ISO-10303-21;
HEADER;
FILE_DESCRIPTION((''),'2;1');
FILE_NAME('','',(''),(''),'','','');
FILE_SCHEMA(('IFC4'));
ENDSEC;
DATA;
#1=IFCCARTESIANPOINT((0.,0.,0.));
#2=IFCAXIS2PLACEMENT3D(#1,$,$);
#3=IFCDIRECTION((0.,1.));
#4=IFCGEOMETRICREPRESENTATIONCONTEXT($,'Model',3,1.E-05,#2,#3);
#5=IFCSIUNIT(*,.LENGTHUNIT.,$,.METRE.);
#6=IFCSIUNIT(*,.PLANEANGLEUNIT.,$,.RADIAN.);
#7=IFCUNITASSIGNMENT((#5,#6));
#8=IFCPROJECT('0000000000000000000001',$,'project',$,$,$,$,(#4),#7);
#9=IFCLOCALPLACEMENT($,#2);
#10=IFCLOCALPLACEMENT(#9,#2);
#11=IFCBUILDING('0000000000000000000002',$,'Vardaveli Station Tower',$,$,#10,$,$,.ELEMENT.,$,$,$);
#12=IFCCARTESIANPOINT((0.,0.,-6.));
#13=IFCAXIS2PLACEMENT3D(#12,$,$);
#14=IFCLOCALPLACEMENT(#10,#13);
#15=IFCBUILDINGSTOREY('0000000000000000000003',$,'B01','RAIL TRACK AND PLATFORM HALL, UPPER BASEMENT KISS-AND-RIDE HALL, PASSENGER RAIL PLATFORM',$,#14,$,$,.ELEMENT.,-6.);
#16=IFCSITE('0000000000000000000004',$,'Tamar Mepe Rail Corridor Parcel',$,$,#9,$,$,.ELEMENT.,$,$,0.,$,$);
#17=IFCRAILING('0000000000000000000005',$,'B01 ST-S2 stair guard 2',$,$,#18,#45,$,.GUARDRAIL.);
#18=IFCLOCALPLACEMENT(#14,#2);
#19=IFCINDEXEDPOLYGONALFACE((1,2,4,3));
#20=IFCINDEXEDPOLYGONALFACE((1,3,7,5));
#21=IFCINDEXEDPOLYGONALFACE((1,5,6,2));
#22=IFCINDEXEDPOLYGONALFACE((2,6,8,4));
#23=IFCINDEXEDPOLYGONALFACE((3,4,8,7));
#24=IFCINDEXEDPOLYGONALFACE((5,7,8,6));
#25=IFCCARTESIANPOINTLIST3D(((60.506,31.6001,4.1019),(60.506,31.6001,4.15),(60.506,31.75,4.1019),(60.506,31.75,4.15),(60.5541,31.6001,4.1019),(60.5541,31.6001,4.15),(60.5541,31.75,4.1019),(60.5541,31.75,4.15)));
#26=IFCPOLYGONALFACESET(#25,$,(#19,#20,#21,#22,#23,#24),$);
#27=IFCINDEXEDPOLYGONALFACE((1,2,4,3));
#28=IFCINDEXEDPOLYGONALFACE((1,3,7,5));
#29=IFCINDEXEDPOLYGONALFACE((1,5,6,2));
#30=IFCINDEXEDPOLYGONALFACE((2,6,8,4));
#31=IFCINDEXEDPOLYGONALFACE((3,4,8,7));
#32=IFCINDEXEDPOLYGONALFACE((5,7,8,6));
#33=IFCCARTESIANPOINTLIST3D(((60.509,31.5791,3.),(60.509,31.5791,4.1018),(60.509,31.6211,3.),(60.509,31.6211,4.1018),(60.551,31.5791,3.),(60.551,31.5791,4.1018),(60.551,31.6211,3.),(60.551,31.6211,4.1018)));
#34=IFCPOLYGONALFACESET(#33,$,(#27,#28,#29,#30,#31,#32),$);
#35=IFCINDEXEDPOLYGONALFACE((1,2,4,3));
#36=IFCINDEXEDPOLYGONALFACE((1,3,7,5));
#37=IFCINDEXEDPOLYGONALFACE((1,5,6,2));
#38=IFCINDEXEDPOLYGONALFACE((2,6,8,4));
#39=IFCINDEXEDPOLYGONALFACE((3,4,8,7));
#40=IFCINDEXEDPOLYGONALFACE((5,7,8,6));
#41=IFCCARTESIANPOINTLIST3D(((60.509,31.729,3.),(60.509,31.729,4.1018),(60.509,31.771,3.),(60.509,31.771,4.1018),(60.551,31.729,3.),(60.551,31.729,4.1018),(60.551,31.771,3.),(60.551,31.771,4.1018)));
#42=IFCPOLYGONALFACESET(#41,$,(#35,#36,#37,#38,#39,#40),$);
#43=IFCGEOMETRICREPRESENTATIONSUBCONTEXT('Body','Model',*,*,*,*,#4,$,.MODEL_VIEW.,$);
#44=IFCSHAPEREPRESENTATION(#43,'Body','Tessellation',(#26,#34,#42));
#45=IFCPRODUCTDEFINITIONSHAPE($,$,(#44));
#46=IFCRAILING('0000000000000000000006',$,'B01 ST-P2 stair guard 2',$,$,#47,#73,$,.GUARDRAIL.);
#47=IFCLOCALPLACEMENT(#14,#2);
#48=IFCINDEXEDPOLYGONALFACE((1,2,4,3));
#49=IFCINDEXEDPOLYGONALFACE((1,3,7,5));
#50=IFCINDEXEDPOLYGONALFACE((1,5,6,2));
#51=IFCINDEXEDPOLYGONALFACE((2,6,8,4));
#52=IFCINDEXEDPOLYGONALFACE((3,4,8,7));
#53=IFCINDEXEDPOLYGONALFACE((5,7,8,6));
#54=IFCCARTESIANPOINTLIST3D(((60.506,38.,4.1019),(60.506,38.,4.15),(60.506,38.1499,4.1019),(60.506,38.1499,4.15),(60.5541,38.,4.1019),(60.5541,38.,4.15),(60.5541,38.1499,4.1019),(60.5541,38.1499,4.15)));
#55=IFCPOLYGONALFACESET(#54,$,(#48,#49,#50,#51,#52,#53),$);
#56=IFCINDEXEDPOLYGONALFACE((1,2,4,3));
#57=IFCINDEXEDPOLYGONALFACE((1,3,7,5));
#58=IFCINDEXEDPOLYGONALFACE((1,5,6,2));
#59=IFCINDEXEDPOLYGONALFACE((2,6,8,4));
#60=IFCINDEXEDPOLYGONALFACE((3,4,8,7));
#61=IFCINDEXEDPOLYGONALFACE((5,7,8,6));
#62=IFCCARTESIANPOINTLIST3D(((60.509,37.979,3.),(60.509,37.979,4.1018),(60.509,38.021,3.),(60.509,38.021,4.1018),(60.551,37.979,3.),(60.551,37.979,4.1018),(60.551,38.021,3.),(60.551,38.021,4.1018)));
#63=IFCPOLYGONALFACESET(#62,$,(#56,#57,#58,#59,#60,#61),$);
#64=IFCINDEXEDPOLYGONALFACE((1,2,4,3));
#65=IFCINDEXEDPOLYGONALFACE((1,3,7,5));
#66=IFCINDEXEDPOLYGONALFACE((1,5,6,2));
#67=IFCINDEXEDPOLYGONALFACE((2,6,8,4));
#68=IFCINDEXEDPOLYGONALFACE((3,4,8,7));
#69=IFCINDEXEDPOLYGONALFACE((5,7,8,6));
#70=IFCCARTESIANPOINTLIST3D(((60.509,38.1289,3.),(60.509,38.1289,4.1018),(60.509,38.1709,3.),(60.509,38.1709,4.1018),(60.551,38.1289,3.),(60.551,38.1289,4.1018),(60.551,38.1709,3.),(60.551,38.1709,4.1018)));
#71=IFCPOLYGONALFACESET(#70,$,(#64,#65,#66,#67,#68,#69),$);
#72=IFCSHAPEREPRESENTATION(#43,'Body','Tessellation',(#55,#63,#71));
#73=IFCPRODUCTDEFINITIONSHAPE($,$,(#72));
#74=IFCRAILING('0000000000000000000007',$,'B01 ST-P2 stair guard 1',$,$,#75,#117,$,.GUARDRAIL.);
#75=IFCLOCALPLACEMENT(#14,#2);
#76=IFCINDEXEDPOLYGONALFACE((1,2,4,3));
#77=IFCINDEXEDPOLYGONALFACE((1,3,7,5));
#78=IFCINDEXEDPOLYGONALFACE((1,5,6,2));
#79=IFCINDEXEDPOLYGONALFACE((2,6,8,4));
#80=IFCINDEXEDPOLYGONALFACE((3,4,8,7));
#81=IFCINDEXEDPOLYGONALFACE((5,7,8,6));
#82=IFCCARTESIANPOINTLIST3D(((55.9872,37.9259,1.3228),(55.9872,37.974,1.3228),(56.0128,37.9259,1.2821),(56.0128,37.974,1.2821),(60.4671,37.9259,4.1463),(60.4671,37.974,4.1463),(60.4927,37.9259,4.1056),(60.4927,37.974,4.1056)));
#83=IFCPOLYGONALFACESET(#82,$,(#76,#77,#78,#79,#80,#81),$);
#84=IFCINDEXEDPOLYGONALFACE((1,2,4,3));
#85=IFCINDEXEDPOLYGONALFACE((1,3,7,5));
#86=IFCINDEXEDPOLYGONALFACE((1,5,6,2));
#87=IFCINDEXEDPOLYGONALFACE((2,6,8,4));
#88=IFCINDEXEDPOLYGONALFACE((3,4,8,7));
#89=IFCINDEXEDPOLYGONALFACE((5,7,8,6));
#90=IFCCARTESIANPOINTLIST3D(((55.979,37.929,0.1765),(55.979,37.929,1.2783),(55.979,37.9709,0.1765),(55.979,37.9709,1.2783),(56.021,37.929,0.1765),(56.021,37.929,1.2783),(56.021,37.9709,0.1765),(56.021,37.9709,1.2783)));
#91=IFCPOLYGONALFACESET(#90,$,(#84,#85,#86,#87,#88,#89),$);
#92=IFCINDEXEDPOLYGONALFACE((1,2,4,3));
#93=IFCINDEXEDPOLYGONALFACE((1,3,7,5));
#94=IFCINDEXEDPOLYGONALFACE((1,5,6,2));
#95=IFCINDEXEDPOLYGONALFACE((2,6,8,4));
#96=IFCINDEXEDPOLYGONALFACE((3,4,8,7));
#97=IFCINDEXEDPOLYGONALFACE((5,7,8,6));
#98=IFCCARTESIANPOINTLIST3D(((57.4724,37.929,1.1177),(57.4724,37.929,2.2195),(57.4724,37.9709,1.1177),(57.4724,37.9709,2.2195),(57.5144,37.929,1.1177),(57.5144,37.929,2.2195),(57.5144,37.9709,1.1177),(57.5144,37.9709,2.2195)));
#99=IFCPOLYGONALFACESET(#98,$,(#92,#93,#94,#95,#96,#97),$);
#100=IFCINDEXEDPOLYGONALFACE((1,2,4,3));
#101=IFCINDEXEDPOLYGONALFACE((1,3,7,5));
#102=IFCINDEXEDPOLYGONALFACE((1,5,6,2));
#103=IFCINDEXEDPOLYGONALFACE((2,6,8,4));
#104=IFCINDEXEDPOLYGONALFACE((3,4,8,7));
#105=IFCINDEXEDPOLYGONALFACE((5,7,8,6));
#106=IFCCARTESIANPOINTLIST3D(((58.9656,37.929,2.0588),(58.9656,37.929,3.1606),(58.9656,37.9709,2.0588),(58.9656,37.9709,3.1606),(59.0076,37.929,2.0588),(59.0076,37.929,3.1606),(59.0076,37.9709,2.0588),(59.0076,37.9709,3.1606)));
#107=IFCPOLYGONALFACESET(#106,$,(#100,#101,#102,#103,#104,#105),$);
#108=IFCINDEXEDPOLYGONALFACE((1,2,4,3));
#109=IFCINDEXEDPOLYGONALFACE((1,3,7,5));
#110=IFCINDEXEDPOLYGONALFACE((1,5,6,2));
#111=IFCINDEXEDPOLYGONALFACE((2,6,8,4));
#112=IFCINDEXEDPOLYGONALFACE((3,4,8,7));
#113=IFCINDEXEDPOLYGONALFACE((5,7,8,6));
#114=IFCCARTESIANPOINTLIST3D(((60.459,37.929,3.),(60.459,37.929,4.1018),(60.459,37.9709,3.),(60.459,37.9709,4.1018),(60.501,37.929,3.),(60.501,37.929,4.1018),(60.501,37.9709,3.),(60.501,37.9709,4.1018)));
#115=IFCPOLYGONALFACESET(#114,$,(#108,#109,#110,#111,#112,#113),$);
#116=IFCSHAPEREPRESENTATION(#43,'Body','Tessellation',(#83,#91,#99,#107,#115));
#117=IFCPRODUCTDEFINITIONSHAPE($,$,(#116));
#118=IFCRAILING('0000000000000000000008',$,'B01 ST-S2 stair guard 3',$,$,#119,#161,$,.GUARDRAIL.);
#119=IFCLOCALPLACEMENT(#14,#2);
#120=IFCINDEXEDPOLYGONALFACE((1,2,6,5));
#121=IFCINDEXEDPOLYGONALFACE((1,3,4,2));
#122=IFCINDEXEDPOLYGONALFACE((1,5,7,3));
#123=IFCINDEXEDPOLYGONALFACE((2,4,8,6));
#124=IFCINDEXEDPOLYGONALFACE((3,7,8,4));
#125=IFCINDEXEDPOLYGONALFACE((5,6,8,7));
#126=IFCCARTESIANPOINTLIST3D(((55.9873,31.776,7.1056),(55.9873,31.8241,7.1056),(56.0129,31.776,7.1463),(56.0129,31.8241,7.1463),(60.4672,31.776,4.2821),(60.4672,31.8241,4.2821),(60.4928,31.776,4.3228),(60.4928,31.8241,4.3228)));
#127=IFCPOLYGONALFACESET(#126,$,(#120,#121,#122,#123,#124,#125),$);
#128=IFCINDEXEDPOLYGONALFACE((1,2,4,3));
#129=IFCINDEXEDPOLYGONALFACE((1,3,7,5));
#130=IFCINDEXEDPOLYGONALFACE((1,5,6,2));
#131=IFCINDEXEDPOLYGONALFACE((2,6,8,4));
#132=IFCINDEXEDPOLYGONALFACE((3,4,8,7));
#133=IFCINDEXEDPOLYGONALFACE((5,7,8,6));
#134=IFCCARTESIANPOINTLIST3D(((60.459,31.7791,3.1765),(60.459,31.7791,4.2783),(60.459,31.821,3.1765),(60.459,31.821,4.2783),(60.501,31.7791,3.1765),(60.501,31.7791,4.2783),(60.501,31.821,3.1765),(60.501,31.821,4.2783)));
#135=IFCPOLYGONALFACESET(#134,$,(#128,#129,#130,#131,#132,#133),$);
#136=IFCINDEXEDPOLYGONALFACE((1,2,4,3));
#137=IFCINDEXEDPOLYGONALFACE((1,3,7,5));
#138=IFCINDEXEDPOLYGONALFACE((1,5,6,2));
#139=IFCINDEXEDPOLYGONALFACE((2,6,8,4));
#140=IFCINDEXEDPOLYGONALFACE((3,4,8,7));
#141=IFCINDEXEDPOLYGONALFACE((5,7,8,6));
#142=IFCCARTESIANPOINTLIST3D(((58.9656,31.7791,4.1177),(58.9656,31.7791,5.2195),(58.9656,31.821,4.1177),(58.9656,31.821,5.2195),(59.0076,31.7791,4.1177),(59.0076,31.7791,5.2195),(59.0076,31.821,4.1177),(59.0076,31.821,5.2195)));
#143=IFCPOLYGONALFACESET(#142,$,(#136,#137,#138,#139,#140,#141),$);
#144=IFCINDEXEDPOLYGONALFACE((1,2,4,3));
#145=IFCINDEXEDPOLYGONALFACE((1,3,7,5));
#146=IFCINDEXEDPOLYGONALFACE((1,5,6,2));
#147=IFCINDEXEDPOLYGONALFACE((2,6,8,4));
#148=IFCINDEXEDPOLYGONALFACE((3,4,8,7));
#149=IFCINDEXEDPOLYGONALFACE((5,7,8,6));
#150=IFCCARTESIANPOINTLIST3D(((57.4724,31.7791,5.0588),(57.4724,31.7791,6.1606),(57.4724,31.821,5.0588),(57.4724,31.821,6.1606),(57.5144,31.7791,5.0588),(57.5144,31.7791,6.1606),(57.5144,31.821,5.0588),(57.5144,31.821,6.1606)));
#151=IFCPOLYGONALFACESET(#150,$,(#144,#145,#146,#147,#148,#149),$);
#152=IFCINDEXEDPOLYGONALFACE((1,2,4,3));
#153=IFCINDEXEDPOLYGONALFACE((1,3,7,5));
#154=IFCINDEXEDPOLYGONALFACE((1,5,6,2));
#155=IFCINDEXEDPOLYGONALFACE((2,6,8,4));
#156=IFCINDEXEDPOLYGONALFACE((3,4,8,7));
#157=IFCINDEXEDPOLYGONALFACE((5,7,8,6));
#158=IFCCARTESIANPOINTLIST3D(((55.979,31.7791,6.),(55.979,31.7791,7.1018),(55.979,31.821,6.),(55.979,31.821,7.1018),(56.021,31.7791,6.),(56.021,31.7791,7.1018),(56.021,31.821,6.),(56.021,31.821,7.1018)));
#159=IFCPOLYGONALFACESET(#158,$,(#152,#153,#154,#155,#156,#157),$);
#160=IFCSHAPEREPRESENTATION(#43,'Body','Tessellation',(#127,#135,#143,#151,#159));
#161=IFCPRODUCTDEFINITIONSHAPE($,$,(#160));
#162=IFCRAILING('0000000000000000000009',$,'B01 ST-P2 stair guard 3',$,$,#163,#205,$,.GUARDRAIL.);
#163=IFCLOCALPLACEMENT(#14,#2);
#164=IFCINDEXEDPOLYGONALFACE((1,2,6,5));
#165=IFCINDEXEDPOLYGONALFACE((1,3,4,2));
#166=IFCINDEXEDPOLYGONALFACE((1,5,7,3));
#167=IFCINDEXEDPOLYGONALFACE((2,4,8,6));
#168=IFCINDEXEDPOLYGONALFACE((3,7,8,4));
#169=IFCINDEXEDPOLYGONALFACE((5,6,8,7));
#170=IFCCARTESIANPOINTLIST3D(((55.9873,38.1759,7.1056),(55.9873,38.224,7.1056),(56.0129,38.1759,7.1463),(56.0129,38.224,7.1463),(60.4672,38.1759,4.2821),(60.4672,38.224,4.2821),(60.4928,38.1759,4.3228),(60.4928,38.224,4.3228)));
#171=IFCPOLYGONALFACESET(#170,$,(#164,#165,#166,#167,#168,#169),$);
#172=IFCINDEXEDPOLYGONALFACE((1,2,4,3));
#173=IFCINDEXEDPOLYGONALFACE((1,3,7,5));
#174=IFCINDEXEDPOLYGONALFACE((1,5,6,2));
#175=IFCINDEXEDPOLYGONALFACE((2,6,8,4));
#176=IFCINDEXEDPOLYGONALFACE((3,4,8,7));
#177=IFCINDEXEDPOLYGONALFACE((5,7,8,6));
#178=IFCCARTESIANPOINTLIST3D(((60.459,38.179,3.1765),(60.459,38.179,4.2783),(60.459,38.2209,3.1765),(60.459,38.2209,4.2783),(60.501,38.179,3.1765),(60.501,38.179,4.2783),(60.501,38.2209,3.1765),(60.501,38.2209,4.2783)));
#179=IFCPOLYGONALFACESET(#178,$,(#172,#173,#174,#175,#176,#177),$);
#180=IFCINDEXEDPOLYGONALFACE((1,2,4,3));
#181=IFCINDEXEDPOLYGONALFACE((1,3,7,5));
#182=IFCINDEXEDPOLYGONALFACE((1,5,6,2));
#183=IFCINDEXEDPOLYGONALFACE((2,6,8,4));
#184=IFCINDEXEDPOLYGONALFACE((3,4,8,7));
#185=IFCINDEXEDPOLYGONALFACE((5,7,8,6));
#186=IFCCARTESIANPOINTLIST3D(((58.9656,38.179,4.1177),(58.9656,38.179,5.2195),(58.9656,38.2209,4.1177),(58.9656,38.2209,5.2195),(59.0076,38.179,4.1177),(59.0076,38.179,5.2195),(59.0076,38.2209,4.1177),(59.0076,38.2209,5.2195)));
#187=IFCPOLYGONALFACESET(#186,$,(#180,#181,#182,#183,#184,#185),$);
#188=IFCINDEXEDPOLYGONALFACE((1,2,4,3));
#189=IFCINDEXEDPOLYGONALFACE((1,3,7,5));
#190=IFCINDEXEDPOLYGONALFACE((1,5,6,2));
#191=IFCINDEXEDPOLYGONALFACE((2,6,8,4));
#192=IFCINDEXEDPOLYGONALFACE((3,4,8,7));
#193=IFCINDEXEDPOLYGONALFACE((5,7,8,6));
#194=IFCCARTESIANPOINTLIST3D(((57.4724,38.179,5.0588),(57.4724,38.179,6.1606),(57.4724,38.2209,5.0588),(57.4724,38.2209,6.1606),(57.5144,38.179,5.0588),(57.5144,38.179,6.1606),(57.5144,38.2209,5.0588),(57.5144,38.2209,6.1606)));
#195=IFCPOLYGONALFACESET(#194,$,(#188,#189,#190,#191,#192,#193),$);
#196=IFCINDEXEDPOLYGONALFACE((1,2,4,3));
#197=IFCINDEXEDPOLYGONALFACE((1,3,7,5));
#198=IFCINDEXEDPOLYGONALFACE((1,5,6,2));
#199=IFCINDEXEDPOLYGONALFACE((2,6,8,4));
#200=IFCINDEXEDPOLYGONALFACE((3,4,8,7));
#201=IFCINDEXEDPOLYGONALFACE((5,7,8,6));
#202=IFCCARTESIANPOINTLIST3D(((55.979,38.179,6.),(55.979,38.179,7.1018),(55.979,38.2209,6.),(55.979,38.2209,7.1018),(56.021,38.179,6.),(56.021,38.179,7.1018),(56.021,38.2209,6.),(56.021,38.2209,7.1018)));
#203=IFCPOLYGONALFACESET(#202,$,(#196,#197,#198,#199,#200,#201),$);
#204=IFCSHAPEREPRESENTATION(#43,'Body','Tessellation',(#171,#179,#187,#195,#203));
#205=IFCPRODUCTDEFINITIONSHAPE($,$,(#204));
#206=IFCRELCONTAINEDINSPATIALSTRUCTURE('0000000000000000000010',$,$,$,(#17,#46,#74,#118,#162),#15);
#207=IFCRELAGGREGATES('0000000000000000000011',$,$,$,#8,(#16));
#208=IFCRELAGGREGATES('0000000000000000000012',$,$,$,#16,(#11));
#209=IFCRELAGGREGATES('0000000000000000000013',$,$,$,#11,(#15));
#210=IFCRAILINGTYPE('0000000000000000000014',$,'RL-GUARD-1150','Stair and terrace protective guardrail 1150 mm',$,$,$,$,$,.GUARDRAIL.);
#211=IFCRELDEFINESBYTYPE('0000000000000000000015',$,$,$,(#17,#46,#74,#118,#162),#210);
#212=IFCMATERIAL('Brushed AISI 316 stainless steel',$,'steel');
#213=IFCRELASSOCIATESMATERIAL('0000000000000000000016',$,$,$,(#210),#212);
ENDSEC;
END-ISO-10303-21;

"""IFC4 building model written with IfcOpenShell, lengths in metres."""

from ifc_helpers import new_model, si_unit, direction, frame, origin, origin_2d, place, context, subcontext, project, spatial, rectangle, extrude, source, transform, mapped, material, type_object, element, save


model = new_model("IFC4")

# Units and contexts
model_context = context("Model", 3, precision=1e-05, world=origin(), true_north=direction((0.0, 1.0)))
body_context = subcontext(model_context, "Body", "Model", "MODEL_VIEW")
ifc_project = project(units=[si_unit("LENGTHUNIT", "METRE"), si_unit("PLANEANGLEUNIT", "RADIAN")], contexts=[model_context])

# Site, building, storey
site_placement = place(None, origin())
site = spatial("IfcSite", under=ifc_project, at=site_placement, Name="Tamar Mepe Rail Corridor Parcel", CompositionType="ELEMENT", RefElevation=0.0)
building_placement = place(site_placement, origin())
building = spatial("IfcBuilding", under=site, at=building_placement, Name="Vardaveli Station Tower", CompositionType="ELEMENT")
storey_placement = place(building_placement, frame((0.0, 0.0, -6.0)))
storey = spatial("IfcBuildingStorey", under=building, at=storey_placement, Name="B01", Description="RAIL TRACK AND PLATFORM HALL, UPPER BASEMENT KISS-AND-RIDE HALL, PASSENGER RAIL PLATFORM", CompositionType="ELEMENT", Elevation=-6.0)

# Railings
ifc_material_1 = material(Name="Brushed AISI 316 stainless steel", Category="steel")
railing_type_1 = type_object("IfcRailingType", Name="RL-GUARD-1150", Description="Stair and terrace protective guardrail 1150 mm", PredefinedType="GUARDRAIL", material=ifc_material_1)
shared_shape_1 = source(origin(), body_context, "Body", "SweptSolid", [
    extrude(rectangle(XDim=0.0481, YDim=0.0481, at=origin_2d()), frame((0.0, 0.0, 1.126), z_axis=(0.0, 1.0, 0.0), x_axis=(-1.0, 0.0, 0.0)), (0.0, 0.0, 1.0), 0.1499),
    extrude(rectangle(XDim=0.042, YDim=0.042, at=origin_2d()), origin(), (0.0, 0.0, 1.0), 1.1018),
    extrude(rectangle(XDim=0.042, YDim=0.042, at=origin_2d()), frame((0.0, 0.1499, 0.0)), (0.0, 0.0, 1.0), 1.1018),
])
for number, where, name in (
    (1, (60.53, 31.6001, 3.0), "B01 ST-S2 stair guard 2"),
    (2, (60.53, 38.0, 3.0), "B01 ST-P2 stair guard 2"),
):
    element("IfcRailing", number, at=place(storey_placement, frame(where)), inside=storey, type_object=railing_type_1, Name=name, PredefinedType="GUARDRAIL", context=body_context, shape_type="MappedRepresentation", body=[
        mapped(shared_shape_1, transform((0.0, 0.0, 0.0), scale=1.0)),
    ])
shared_shape_2 = source(origin(), body_context, "Body", "SweptSolid", [
    extrude(rectangle(XDim=0.0481, YDim=0.0481, at=origin_2d()), frame((0.0, 0.0, 1.126), z_axis=(0.845998, 0.0, 0.533186), x_axis=(0.0, 1.0, 0.0)), (0.0, 0.0, 1.0), 5.2954),
    extrude(rectangle(XDim=0.042, YDim=0.042, at=origin_2d()), origin(), (0.0, 0.0, 1.0), 1.1018),
    extrude(rectangle(XDim=0.042, YDim=0.042, at=origin_2d()), frame((1.4934, 0.0, 0.9412)), (0.0, 0.0, 1.0), 1.1018),
    extrude(rectangle(XDim=0.042, YDim=0.042, at=origin_2d()), frame((2.9866, 0.0, 1.8823)), (0.0, 0.0, 1.0), 1.1018),
    extrude(rectangle(XDim=0.042, YDim=0.042, at=origin_2d()), frame((4.48, 0.0, 2.8235)), (0.0, 0.0, 1.0), 1.1018),
])
railing_1_placement = place(storey_placement, frame((56.0, 37.95, 0.1765)))
element("IfcRailing", 3, at=railing_1_placement, inside=storey, type_object=railing_type_1, Name="B01 ST-P2 stair guard 1", PredefinedType="GUARDRAIL", context=body_context, shape_type="MappedRepresentation", body=[
    mapped(shared_shape_2, transform((0.0, 0.0, 0.0), scale=1.0)),
])
shared_shape_3 = source(origin(), body_context, "Body", "SweptSolid", [
    extrude(rectangle(XDim=0.0481, YDim=0.0481, at=origin_2d()), frame((0.0, 0.0, 1.126), z_axis=(-0.845998, 0.0, 0.533186), x_axis=(0.0, -1.0, 0.0)), (0.0, 0.0, 1.0), 5.2954),
    extrude(rectangle(XDim=0.042, YDim=0.042, at=origin_2d()), origin(), (0.0, 0.0, 1.0), 1.1018),
    extrude(rectangle(XDim=0.042, YDim=0.042, at=origin_2d()), frame((-1.4934, 0.0, 0.9412)), (0.0, 0.0, 1.0), 1.1018),
    extrude(rectangle(XDim=0.042, YDim=0.042, at=origin_2d()), frame((-2.9866, 0.0, 1.8823)), (0.0, 0.0, 1.0), 1.1018),
    extrude(rectangle(XDim=0.042, YDim=0.042, at=origin_2d()), frame((-4.48, 0.0, 2.8235)), (0.0, 0.0, 1.0), 1.1018),
])
for number, where, name in (
    (4, (60.48, 31.8, 3.1765), "B01 ST-S2 stair guard 3"),
    (5, (60.48, 38.2, 3.1765), "B01 ST-P2 stair guard 3"),
):
    element("IfcRailing", number, at=place(storey_placement, frame(where)), inside=storey, type_object=railing_type_1, Name=name, PredefinedType="GUARDRAIL", context=body_context, shape_type="MappedRepresentation", body=[
        mapped(shared_shape_3, transform((0.0, 0.0, 0.0), scale=1.0)),
    ])

save(model, "model.ifc")
